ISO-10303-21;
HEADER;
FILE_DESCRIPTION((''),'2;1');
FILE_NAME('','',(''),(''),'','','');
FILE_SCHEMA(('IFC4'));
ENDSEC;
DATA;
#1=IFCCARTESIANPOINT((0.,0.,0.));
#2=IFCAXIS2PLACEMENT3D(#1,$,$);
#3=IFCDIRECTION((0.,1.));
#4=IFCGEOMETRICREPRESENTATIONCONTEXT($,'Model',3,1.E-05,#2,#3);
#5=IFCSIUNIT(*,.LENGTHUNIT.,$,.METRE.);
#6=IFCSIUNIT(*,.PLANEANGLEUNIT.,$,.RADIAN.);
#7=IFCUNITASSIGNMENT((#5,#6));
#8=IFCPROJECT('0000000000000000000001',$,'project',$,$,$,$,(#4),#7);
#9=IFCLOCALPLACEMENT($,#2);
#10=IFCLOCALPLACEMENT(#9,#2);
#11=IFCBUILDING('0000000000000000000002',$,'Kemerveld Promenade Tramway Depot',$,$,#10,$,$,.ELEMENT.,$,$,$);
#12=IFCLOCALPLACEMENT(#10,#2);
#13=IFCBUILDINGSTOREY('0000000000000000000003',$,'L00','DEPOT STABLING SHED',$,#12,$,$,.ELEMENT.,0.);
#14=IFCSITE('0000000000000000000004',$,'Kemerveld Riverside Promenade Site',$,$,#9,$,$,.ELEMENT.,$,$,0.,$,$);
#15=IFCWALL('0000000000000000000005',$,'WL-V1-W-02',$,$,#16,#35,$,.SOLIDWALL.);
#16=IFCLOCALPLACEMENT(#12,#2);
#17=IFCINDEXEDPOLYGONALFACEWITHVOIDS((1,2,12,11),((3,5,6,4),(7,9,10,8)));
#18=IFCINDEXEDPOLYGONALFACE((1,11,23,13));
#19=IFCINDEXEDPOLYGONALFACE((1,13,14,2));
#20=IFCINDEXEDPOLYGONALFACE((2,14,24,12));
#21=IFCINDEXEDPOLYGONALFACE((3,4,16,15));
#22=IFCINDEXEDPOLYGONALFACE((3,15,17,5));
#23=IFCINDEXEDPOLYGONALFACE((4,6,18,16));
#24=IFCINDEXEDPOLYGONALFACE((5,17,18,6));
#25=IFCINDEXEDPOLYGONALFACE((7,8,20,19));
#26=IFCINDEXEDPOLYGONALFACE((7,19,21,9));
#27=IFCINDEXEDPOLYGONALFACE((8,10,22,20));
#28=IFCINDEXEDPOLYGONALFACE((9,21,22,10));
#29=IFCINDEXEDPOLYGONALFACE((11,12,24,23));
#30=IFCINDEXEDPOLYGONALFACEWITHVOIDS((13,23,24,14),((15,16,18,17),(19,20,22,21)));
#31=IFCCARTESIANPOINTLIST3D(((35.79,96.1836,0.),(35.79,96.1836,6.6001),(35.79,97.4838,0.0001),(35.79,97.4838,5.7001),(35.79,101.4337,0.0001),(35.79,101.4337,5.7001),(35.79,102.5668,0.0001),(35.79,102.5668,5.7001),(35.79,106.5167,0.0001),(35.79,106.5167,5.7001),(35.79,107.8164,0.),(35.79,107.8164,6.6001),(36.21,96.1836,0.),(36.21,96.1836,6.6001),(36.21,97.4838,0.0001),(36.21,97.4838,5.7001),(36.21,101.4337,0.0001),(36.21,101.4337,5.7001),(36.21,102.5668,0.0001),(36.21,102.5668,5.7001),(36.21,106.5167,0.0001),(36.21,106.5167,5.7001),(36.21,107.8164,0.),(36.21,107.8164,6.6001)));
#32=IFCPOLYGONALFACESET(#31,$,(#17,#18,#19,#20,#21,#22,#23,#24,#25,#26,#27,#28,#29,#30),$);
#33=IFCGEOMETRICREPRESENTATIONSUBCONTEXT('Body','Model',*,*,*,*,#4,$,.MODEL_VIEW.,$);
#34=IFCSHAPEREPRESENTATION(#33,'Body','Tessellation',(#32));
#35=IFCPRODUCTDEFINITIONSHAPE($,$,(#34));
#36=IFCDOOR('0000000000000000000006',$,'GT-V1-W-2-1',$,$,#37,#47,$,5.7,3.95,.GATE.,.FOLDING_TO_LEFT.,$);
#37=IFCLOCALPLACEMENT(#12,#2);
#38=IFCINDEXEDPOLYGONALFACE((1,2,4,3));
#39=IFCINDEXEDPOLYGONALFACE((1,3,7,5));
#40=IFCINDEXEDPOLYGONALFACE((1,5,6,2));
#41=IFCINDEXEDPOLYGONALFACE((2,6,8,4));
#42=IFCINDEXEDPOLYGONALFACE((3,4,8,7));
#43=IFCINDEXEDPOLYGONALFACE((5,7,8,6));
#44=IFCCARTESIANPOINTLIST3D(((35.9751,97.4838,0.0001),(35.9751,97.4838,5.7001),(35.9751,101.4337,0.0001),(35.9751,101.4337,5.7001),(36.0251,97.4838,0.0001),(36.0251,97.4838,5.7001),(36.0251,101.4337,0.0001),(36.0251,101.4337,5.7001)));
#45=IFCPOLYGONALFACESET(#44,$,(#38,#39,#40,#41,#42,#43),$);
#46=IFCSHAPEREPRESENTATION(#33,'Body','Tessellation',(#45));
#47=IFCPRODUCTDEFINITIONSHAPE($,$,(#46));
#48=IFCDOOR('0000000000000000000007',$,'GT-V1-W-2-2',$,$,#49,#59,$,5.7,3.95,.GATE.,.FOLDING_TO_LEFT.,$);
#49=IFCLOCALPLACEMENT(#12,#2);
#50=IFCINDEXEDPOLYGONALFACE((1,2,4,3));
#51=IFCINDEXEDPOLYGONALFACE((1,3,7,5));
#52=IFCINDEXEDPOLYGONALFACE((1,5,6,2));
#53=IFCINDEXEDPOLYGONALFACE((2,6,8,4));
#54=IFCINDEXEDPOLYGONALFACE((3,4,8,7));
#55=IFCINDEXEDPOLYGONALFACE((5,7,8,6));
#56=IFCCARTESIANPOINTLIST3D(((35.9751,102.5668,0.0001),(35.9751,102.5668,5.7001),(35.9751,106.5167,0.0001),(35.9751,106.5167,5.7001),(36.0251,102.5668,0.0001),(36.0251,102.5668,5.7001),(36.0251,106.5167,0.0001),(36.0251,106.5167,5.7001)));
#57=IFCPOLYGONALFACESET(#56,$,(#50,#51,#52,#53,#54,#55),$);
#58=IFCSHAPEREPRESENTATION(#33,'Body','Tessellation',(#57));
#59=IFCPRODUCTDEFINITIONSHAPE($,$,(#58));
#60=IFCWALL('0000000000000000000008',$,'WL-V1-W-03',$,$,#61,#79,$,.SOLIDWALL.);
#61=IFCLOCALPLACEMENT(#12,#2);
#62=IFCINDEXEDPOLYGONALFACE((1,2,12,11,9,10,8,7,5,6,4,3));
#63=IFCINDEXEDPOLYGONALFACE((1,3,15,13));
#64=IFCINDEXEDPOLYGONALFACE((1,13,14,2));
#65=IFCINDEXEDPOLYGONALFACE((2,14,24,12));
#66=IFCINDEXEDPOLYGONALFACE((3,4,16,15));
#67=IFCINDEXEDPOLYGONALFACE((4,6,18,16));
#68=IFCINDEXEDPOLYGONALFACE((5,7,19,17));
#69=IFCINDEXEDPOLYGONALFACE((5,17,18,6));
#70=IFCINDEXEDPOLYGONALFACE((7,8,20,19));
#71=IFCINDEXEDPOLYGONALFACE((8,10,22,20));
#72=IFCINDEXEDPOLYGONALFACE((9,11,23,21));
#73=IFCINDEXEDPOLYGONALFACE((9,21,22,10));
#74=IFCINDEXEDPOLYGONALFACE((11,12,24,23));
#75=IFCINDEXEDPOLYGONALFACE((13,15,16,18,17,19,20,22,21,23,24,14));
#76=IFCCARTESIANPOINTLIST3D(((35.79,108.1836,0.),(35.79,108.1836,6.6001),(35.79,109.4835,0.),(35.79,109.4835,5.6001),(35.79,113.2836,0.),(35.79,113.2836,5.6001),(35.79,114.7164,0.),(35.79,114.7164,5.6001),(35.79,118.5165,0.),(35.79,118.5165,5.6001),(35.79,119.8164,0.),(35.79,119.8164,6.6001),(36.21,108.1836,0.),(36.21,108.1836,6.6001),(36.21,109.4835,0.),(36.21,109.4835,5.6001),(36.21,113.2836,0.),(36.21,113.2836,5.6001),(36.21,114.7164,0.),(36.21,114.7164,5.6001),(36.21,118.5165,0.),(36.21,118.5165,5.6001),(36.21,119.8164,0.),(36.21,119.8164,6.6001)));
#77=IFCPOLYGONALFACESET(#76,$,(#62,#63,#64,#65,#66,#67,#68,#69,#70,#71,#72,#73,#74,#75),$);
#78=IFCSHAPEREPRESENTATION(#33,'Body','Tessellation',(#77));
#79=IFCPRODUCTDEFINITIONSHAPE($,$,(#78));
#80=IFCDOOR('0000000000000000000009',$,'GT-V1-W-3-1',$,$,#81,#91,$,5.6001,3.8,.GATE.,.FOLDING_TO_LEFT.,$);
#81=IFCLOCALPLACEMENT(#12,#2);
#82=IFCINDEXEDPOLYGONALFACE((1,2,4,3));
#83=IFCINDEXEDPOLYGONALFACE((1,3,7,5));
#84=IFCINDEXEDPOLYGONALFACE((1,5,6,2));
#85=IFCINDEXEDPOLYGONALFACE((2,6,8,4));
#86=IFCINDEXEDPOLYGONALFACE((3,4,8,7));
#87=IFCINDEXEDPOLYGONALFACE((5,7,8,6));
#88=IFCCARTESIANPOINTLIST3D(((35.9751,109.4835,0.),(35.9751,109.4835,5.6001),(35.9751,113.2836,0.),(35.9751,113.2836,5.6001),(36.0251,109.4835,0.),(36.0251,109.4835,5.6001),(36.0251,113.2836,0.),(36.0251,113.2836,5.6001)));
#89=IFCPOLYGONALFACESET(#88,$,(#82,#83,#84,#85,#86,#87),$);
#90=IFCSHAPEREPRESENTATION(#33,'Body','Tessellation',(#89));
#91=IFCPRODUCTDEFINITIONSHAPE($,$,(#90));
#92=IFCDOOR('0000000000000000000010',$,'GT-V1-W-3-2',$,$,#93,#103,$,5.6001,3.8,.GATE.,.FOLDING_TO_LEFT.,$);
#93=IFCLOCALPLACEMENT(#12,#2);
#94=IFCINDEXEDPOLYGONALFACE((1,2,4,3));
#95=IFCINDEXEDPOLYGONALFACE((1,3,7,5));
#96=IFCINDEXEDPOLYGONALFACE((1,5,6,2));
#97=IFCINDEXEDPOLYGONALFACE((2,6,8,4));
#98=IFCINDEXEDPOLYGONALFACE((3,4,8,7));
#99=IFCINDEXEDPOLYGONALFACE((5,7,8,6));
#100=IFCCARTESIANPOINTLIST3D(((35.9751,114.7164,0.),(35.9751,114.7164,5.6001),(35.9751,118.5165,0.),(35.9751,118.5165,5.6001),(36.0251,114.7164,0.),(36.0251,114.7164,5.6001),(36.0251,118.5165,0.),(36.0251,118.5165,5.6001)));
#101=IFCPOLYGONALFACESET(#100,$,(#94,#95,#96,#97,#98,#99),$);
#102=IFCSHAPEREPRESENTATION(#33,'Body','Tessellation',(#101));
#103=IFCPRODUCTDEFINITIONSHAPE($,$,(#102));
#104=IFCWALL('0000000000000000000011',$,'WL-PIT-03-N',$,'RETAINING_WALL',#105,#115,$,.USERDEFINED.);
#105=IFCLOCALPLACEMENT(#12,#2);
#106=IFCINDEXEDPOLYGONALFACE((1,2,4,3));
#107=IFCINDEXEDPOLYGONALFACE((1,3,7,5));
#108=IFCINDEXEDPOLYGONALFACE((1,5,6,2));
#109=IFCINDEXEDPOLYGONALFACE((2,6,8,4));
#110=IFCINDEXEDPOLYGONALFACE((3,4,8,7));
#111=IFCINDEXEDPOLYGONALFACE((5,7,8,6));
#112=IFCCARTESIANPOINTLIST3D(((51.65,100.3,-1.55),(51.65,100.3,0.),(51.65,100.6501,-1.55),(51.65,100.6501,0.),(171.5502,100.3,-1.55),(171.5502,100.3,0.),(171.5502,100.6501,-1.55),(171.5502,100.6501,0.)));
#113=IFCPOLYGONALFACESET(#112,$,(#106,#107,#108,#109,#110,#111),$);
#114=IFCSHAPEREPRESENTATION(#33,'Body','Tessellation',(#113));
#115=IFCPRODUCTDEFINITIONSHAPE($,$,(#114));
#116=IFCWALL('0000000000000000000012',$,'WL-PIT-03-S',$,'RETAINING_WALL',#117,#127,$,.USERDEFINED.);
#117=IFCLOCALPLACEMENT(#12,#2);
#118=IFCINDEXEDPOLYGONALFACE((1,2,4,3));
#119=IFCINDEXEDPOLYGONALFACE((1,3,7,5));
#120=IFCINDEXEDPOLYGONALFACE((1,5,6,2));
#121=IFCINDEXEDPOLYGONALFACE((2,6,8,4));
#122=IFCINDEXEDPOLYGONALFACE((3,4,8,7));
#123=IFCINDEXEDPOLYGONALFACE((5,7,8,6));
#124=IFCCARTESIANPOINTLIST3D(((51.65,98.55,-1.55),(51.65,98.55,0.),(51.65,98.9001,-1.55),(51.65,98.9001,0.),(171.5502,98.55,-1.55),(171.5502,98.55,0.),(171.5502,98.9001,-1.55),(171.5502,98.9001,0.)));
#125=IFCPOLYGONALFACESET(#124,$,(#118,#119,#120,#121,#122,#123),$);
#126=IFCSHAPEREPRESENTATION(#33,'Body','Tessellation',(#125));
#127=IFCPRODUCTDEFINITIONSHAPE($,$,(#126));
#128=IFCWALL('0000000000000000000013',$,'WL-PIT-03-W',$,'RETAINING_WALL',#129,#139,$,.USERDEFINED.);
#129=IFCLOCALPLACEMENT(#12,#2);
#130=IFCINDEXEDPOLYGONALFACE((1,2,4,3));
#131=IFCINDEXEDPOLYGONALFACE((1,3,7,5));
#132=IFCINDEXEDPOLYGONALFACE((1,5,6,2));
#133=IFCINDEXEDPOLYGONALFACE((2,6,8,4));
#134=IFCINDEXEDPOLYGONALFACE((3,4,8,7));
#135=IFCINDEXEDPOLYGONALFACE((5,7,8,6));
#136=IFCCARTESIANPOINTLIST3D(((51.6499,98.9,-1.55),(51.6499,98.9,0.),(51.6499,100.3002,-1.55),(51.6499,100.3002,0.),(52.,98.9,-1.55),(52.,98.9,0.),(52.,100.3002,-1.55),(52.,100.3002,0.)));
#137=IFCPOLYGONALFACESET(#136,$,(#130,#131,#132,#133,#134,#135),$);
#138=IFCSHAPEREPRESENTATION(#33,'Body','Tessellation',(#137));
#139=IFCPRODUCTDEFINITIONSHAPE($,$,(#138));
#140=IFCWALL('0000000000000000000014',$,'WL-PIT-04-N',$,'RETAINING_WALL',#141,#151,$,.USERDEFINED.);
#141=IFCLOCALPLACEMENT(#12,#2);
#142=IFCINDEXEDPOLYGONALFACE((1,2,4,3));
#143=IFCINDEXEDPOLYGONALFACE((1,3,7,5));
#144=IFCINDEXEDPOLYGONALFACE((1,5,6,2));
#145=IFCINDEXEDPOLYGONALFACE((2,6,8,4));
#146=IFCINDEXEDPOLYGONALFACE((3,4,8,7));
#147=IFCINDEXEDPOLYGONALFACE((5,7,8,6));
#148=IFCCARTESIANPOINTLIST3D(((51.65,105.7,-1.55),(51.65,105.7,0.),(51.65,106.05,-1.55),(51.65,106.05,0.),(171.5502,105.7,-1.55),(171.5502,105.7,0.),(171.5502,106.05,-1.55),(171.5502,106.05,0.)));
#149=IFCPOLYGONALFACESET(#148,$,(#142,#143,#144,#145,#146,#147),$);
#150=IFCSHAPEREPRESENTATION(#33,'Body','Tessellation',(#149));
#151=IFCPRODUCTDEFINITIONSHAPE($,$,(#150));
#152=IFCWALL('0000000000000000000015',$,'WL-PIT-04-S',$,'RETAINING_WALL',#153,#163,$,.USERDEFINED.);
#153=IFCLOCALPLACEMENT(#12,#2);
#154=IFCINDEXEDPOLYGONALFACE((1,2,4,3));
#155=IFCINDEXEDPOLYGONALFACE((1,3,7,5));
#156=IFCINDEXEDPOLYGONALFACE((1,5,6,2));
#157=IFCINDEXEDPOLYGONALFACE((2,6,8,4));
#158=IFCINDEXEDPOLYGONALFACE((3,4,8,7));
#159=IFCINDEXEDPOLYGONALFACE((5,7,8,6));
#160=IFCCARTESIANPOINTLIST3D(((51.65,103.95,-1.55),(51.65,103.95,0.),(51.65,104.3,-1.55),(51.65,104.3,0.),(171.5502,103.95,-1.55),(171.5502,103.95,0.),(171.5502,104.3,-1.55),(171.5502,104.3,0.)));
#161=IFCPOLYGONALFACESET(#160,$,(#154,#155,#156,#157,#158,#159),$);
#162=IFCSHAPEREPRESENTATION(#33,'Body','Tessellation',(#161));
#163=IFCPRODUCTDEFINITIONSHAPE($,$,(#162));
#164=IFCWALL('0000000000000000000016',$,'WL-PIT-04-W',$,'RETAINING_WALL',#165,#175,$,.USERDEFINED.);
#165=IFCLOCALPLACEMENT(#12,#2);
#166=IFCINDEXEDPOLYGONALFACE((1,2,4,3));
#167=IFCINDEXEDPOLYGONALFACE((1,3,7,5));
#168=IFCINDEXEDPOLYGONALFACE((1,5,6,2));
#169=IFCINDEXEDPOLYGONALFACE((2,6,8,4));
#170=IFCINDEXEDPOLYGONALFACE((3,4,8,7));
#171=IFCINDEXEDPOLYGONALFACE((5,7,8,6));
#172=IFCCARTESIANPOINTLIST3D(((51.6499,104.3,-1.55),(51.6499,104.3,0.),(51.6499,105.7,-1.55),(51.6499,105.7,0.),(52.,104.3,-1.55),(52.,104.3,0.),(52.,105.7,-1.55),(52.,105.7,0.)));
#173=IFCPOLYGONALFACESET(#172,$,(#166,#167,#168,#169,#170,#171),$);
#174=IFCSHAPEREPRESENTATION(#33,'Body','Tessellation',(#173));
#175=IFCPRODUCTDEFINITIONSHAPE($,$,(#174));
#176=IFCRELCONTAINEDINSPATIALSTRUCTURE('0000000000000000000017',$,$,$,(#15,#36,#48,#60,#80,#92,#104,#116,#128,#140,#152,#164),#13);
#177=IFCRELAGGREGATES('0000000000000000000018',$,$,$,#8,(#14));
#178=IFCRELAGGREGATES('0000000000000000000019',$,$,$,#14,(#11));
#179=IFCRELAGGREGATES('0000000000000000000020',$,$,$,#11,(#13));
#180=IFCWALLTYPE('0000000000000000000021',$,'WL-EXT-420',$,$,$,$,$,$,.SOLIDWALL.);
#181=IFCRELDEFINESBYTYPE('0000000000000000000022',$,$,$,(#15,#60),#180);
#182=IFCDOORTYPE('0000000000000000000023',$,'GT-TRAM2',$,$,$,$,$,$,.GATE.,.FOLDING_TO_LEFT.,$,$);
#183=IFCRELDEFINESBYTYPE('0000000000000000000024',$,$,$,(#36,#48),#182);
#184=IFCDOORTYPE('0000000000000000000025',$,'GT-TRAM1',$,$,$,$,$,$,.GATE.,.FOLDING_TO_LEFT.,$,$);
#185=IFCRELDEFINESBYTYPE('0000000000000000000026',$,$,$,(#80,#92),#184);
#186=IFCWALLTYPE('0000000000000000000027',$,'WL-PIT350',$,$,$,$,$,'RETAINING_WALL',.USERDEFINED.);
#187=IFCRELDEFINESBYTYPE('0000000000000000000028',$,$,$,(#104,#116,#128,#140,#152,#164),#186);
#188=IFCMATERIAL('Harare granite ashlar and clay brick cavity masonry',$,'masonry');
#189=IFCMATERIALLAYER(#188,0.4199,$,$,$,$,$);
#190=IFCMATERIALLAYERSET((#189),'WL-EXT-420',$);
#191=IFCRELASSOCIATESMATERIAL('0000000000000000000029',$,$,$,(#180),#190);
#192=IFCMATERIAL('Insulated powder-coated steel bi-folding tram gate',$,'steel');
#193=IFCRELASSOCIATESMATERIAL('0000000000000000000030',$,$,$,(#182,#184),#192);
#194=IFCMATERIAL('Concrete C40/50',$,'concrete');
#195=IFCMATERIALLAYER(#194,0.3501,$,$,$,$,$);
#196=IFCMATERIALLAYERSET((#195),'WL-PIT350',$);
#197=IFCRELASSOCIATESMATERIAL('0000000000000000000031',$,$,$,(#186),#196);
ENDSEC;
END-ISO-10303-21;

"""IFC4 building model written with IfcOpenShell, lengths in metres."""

from ifc_helpers import new_model, si_unit, direction, frame, frame_2d, origin, place, context, subcontext, project, spatial, rectangle, extrude, material, layer, layer_set, type_object, element, fill, save


model = new_model("IFC4")

# Units and contexts
model_context = context("Model", 3, precision=1e-05, world=origin(), true_north=direction((0.0, 1.0)))
body_context = subcontext(model_context, "Body", "Model", "MODEL_VIEW")
ifc_project = project(units=[si_unit("LENGTHUNIT", "METRE"), si_unit("PLANEANGLEUNIT", "RADIAN")], contexts=[model_context])

# Site, building, storey
site_placement = place(None, origin())
site = spatial("IfcSite", under=ifc_project, at=site_placement, Name="Kemerveld Riverside Promenade Site", CompositionType="ELEMENT", RefElevation=0.0)
building_placement = place(site_placement, origin())
building = spatial("IfcBuilding", under=site, at=building_placement, Name="Kemerveld Promenade Tramway Depot", CompositionType="ELEMENT")
storey_placement = place(building_placement, origin())
storey = spatial("IfcBuildingStorey", under=building, at=storey_placement, Name="L00", Description="DEPOT STABLING SHED", CompositionType="ELEMENT", Elevation=0.0)

# Walls, openings, doors
ifc_material_1 = material(Name="Harare granite ashlar and clay brick cavity masonry", Category="masonry")
ifc_layer_1 = layer(ifc_material_1, 0.4199)
ifc_layer_set_1 = layer_set([ifc_layer_1], Name="WL-EXT-420")
wall_type_1 = type_object("IfcWallType", Name="WL-EXT-420", PredefinedType="SOLIDWALL", material=ifc_layer_set_1)
wall_1_placement = place(storey_placement, frame((36.0, 96.1836, 0.0), z_axis=(0.0, 0.0, 1.0), x_axis=(0.0, 1.0, 0.0)))
wall_1 = element("IfcWall", 1, at=wall_1_placement, inside=storey, type_object=wall_type_1, Name="WL-V1-W-02", PredefinedType="SOLIDWALL", context=body_context, shape_type="SweptSolid", body=[
    extrude(rectangle(XDim=11.6328, YDim=0.4199, at=frame_2d((5.8164, 0.0))), origin(), (0.0, 0.0, 1.0), 6.6001),
])
opening_1_placement = place(wall_1_placement, frame((1.3, 0.0, 0.0)))
opening_1 = element("IfcOpeningElement", 2, at=opening_1_placement, cuts=wall_1, PredefinedType="OPENING", context=body_context, shape_type="SweptSolid", body=[
    extrude(rectangle(XDim=3.95, YDim=5.7, at=frame_2d((1.9751, 2.8501))), frame((0.0, 0.22, 0.0), z_axis=(0.0, -1.0, 0.0), x_axis=(1.0, 0.0, 0.0)), (0.0, 0.0, 1.0), 0.4399),
])
opening_2_placement = place(wall_1_placement, frame((6.3831, 0.0, 0.0)))
opening_2 = element("IfcOpeningElement", 3, at=opening_2_placement, cuts=wall_1, PredefinedType="OPENING", context=body_context, shape_type="SweptSolid", body=[
    extrude(rectangle(XDim=3.95, YDim=5.7, at=frame_2d((1.9751, 2.8501))), frame((0.0, 0.22, 0.0), z_axis=(0.0, -1.0, 0.0), x_axis=(1.0, 0.0, 0.0)), (0.0, 0.0, 1.0), 0.4399),
])
ifc_material_2 = material(Name="Insulated powder-coated steel bi-folding tram gate", Category="steel")
door_type_1 = type_object("IfcDoorType", Name="GT-TRAM2", OperationType="FOLDING_TO_LEFT", PredefinedType="GATE", material=ifc_material_2)
door_1_placement = place(opening_1_placement, origin())
door_1 = element("IfcDoor", 4, at=door_1_placement, inside=storey, type_object=door_type_1, Name="GT-V1-W-2-1", OperationType="FOLDING_TO_LEFT", OverallHeight=5.7, OverallWidth=3.95, PredefinedType="GATE", context=body_context, shape_type="SweptSolid", body=[
    extrude(rectangle(XDim=3.95, YDim=5.7, at=frame_2d((1.9751, 2.8501))), frame((0.0, 0.0249, 0.0), z_axis=(0.0, -1.0, 0.0), x_axis=(1.0, 0.0, 0.0)), (0.0, 0.0, 1.0), 0.05),
])
fill(opening_1, door_1)
door_2_placement = place(opening_2_placement, origin())
door_2 = element("IfcDoor", 5, at=door_2_placement, inside=storey, type_object=door_type_1, Name="GT-V1-W-2-2", OperationType="FOLDING_TO_LEFT", OverallHeight=5.7, OverallWidth=3.95, PredefinedType="GATE", context=body_context, shape_type="SweptSolid", body=[
    extrude(rectangle(XDim=3.95, YDim=5.7, at=frame_2d((1.9751, 2.8501))), frame((0.0, 0.0249, 0.0), z_axis=(0.0, -1.0, 0.0), x_axis=(1.0, 0.0, 0.0)), (0.0, 0.0, 1.0), 0.05),
])
fill(opening_2, door_2)
wall_2_placement = place(storey_placement, frame((36.0, 108.1836, 0.0), z_axis=(0.0, 0.0, 1.0), x_axis=(0.0, 1.0, 0.0)))
wall_2 = element("IfcWall", 6, at=wall_2_placement, inside=storey, type_object=wall_type_1, Name="WL-V1-W-03", PredefinedType="SOLIDWALL", context=body_context, shape_type="SweptSolid", body=[
    extrude(rectangle(XDim=11.6328, YDim=0.4199, at=frame_2d((5.8164, 0.0))), origin(), (0.0, 0.0, 1.0), 6.6001),
])
opening_3_placement = place(wall_2_placement, frame((1.3, 0.0, 0.0)))
opening_3 = element("IfcOpeningElement", 7, at=opening_3_placement, cuts=wall_2, PredefinedType="OPENING", context=body_context, shape_type="SweptSolid", body=[
    extrude(rectangle(XDim=3.8, YDim=5.6001, at=frame_2d((1.8999, 2.8))), frame((0.0, 0.22, 0.0), z_axis=(0.0, -1.0, 0.0), x_axis=(1.0, 0.0, 0.0)), (0.0, 0.0, 1.0), 0.4399),
])
opening_4_placement = place(wall_2_placement, frame((6.533, 0.0, 0.0)))
opening_4 = element("IfcOpeningElement", 8, at=opening_4_placement, cuts=wall_2, PredefinedType="OPENING", context=body_context, shape_type="SweptSolid", body=[
    extrude(rectangle(XDim=3.8, YDim=5.6001, at=frame_2d((1.8999, 2.8))), frame((0.0, 0.22, 0.0), z_axis=(0.0, -1.0, 0.0), x_axis=(1.0, 0.0, 0.0)), (0.0, 0.0, 1.0), 0.4399),
])
door_type_2 = type_object("IfcDoorType", Name="GT-TRAM1", OperationType="FOLDING_TO_LEFT", PredefinedType="GATE", material=ifc_material_2)
door_3_placement = place(opening_3_placement, origin())
door_3 = element("IfcDoor", 9, at=door_3_placement, inside=storey, type_object=door_type_2, Name="GT-V1-W-3-1", OperationType="FOLDING_TO_LEFT", OverallHeight=5.6001, OverallWidth=3.8, PredefinedType="GATE", context=body_context, shape_type="SweptSolid", body=[
    extrude(rectangle(XDim=3.8, YDim=5.6001, at=frame_2d((1.8999, 2.8))), frame((0.0, 0.0249, 0.0), z_axis=(0.0, -1.0, 0.0), x_axis=(1.0, 0.0, 0.0)), (0.0, 0.0, 1.0), 0.05),
])
fill(opening_3, door_3)
door_4_placement = place(opening_4_placement, origin())
door_4 = element("IfcDoor", 10, at=door_4_placement, inside=storey, type_object=door_type_2, Name="GT-V1-W-3-2", OperationType="FOLDING_TO_LEFT", OverallHeight=5.6001, OverallWidth=3.8, PredefinedType="GATE", context=body_context, shape_type="SweptSolid", body=[
    extrude(rectangle(XDim=3.8, YDim=5.6001, at=frame_2d((1.8999, 2.8))), frame((0.0, 0.0249, 0.0), z_axis=(0.0, -1.0, 0.0), x_axis=(1.0, 0.0, 0.0)), (0.0, 0.0, 1.0), 0.05),
])
fill(opening_4, door_4)

# Walls
ifc_material_3 = material(Name="Concrete C40/50", Category="concrete")
ifc_layer_2 = layer(ifc_material_3, 0.3501)
ifc_layer_set_2 = layer_set([ifc_layer_2], Name="WL-PIT350")
wall_type_2 = type_object("IfcWallType", Name="WL-PIT350", ElementType="RETAINING_WALL", PredefinedType="USERDEFINED", material=ifc_layer_set_2)
for number, where, z_axis, x_axis, name in (
    (11, (51.6499, 100.4751, -1.55), (0.0, 0.0, 1.0), (1.0, 0.0, 0.0), "WL-PIT-03-N"),
    (12, (51.6499, 98.7251, -1.55), (0.0, 0.0, 1.0), (1.0, 0.0, 0.0), "WL-PIT-03-S"),
):
    element("IfcWall", number, at=place(storey_placement, frame(where, z_axis=z_axis, x_axis=x_axis)), inside=storey, type_object=wall_type_2, Name=name, ObjectType="RETAINING_WALL", PredefinedType="USERDEFINED", context=body_context, shape_type="SweptSolid", body=[
        extrude(rectangle(XDim=119.9001, YDim=0.3501, at=frame_2d((59.9502, 0.0))), origin(), (0.0, 0.0, 1.0), 1.55),
    ])
wall_3_placement = place(storey_placement, frame((51.825, 98.8999, -1.55), z_axis=(0.0, 0.0, 1.0), x_axis=(0.0, 1.0, 0.0)))
element("IfcWall", 13, at=wall_3_placement, inside=storey, type_object=wall_type_2, Name="WL-PIT-03-W", ObjectType="RETAINING_WALL", PredefinedType="USERDEFINED", context=body_context, shape_type="SweptSolid", body=[
    extrude(rectangle(XDim=1.4001, YDim=0.3501, at=frame_2d((0.7002, 0.0))), origin(), (0.0, 0.0, 1.0), 1.55),
])
for number, where, z_axis, x_axis, name in (
    (14, (51.6499, 105.875, -1.55), (0.0, 0.0, 1.0), (1.0, 0.0, 0.0), "WL-PIT-04-N"),
    (15, (51.6499, 104.125, -1.55), (0.0, 0.0, 1.0), (1.0, 0.0, 0.0), "WL-PIT-04-S"),
):
    element("IfcWall", number, at=place(storey_placement, frame(where, z_axis=z_axis, x_axis=x_axis)), inside=storey, type_object=wall_type_2, Name=name, ObjectType="RETAINING_WALL", PredefinedType="USERDEFINED", context=body_context, shape_type="SweptSolid", body=[
        extrude(rectangle(XDim=119.9001, YDim=0.3501, at=frame_2d((59.9502, 0.0))), origin(), (0.0, 0.0, 1.0), 1.55),
    ])
wall_4_placement = place(storey_placement, frame((51.825, 104.3, -1.55), z_axis=(0.0, 0.0, 1.0), x_axis=(0.0, 1.0, 0.0)))
element("IfcWall", 16, at=wall_4_placement, inside=storey, type_object=wall_type_2, Name="WL-PIT-04-W", ObjectType="RETAINING_WALL", PredefinedType="USERDEFINED", context=body_context, shape_type="SweptSolid", body=[
    extrude(rectangle(XDim=1.3999, YDim=0.3501, at=frame_2d((0.7, 0.0))), origin(), (0.0, 0.0, 1.0), 1.55),
])

save(model, "model.ifc")
